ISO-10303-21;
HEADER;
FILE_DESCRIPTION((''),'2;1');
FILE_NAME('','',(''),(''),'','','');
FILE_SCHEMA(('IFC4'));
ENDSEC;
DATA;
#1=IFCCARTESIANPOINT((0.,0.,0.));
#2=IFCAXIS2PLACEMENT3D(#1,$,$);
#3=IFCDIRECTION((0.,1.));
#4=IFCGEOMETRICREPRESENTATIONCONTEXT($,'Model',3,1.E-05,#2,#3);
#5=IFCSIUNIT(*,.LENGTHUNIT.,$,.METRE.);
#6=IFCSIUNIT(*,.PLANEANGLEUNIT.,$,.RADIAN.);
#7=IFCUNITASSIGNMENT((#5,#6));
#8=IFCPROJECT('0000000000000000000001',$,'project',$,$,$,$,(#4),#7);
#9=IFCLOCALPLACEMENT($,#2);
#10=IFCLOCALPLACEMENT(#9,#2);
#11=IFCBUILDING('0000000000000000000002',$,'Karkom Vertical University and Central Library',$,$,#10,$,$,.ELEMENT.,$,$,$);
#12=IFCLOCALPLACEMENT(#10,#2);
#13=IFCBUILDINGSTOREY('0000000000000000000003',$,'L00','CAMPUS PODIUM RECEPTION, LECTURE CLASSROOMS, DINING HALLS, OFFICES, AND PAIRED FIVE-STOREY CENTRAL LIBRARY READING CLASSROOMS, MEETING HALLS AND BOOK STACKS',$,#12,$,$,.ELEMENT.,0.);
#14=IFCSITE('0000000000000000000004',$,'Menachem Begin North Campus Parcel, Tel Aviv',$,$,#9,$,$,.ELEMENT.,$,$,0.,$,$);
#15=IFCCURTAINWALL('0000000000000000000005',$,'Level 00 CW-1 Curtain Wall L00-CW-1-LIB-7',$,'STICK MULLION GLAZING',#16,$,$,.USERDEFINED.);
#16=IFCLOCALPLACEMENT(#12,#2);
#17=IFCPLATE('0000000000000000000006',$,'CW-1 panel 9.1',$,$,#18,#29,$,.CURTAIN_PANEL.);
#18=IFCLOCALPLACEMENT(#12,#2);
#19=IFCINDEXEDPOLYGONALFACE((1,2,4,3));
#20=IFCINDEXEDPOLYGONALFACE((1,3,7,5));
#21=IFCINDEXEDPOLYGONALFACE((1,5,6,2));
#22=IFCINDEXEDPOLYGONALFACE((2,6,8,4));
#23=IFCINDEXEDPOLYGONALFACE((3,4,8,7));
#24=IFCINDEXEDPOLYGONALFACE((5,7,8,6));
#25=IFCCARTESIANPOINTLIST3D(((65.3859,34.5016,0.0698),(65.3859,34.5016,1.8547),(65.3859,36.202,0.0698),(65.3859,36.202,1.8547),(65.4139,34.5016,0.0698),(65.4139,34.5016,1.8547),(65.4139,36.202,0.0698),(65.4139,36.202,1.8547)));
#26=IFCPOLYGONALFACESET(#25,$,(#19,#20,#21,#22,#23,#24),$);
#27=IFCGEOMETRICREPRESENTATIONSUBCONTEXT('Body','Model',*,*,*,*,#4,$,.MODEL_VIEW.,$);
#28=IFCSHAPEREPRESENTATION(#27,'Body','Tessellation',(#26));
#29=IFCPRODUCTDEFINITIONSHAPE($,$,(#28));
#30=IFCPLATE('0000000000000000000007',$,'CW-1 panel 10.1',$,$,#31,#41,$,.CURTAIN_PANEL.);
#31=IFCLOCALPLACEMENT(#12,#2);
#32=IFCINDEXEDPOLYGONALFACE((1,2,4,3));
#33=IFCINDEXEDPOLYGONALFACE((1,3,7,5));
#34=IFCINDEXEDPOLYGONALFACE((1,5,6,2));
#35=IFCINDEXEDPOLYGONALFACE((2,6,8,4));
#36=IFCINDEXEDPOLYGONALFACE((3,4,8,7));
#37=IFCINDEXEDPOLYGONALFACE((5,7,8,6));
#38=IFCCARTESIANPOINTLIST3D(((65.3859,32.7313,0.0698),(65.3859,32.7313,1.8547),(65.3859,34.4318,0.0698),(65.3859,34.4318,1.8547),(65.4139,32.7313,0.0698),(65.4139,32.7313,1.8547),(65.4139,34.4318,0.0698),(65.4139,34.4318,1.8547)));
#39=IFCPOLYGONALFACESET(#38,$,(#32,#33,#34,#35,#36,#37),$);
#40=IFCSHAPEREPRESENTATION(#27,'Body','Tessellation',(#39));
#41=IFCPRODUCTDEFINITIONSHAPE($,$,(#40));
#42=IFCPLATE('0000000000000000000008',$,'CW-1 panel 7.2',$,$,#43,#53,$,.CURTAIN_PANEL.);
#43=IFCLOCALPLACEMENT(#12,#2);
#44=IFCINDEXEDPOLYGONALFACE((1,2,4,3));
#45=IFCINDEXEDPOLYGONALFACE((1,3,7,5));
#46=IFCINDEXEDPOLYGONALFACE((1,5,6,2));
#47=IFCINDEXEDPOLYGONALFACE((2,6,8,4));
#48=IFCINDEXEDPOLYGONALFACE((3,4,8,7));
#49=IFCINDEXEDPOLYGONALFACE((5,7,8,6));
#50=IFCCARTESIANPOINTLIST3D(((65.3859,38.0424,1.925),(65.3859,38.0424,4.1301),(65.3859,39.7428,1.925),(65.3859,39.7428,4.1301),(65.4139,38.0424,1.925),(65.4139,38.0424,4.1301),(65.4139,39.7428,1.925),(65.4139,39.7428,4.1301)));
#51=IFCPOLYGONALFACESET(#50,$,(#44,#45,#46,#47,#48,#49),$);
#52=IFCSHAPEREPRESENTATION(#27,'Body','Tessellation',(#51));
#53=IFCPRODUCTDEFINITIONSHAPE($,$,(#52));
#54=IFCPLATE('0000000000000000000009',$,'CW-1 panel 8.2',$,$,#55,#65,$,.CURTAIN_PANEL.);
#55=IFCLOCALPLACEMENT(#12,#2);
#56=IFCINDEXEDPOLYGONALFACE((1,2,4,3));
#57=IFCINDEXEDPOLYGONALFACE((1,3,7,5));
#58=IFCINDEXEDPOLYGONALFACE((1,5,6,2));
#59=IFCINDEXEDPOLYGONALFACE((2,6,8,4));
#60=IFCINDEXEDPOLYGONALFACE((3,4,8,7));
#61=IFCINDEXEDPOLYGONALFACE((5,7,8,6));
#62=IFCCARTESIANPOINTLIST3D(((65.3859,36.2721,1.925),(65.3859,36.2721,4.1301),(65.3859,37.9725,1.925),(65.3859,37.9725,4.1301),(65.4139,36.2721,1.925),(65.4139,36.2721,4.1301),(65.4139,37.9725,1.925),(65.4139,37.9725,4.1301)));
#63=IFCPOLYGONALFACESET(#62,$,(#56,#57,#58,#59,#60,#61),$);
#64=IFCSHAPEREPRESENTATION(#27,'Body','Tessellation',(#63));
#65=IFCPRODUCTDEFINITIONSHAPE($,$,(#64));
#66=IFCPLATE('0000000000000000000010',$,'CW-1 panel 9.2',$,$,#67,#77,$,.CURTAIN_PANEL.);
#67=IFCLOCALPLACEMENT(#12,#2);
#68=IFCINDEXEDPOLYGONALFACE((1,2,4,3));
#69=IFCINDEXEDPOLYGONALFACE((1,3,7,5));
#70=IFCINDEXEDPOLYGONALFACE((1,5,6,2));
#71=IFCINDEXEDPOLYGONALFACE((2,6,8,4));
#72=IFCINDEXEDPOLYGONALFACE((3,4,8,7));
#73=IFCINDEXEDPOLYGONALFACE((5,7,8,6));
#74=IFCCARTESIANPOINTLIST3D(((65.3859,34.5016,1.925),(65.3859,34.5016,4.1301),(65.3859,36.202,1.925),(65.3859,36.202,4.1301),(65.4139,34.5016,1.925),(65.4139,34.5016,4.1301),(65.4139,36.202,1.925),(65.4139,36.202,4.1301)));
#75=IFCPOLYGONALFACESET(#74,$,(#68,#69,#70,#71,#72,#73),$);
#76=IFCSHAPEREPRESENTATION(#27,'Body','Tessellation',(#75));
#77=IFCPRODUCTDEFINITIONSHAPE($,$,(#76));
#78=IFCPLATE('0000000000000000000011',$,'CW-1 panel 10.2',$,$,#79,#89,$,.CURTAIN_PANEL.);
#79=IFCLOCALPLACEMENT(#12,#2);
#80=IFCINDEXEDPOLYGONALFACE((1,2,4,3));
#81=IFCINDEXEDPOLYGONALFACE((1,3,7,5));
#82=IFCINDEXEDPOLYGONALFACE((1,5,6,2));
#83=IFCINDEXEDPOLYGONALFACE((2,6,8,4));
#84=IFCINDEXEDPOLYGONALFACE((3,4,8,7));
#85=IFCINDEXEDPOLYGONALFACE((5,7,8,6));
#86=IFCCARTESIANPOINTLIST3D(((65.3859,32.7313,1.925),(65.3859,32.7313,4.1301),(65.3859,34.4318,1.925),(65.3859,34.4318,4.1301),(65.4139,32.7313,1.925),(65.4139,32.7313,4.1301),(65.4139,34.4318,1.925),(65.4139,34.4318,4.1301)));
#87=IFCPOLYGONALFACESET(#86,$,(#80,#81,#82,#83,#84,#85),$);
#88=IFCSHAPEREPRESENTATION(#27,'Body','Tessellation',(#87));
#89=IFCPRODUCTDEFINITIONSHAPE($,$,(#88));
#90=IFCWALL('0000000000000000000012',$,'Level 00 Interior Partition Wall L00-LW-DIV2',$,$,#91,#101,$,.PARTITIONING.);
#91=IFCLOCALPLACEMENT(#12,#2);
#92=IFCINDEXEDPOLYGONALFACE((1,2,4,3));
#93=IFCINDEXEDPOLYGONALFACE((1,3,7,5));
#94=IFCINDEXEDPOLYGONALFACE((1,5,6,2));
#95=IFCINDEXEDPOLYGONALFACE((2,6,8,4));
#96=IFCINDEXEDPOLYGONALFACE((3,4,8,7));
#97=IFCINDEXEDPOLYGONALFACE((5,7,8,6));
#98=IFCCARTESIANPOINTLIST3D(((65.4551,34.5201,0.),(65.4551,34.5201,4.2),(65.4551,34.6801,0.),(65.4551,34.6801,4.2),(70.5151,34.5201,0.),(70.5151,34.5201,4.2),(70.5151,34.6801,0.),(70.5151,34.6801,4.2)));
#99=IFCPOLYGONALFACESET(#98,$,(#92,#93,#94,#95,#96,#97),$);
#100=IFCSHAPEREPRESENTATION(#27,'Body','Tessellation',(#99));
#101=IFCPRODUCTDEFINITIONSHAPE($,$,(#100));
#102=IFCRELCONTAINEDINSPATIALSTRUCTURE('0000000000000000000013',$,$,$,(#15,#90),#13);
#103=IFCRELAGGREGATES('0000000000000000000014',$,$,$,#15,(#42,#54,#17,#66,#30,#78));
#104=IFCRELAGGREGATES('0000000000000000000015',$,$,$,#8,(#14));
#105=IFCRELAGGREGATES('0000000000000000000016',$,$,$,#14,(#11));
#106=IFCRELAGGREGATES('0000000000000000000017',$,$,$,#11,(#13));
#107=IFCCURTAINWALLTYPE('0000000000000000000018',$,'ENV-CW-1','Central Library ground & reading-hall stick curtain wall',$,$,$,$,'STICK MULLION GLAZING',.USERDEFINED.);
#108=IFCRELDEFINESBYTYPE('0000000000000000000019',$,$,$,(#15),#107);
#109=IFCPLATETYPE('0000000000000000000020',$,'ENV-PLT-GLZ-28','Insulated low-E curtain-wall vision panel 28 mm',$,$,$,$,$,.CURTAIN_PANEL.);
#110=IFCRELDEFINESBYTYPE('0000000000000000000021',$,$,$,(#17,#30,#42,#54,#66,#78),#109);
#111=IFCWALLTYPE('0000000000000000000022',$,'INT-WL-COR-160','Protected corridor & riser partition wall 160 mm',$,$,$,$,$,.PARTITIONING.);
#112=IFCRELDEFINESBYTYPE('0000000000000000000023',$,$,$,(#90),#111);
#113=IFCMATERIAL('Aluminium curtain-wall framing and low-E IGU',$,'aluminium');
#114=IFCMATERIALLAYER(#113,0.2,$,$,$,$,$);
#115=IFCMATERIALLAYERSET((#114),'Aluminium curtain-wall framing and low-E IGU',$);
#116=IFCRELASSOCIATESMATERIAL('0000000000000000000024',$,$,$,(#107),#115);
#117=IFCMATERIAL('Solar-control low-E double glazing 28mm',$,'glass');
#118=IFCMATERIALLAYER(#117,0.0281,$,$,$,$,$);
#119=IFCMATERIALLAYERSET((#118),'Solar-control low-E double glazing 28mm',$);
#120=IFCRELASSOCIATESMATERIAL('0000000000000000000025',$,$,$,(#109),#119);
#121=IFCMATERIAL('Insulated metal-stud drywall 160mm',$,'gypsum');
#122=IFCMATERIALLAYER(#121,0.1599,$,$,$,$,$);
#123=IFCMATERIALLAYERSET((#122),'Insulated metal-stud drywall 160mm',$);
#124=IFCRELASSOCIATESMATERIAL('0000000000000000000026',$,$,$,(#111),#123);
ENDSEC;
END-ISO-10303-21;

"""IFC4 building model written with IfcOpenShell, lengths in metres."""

from ifc_helpers import new_model, si_unit, direction, frame, frame_2d, origin, origin_with_axes, origin_2d, place, context, subcontext, project, spatial, rectangle, extrude, source, transform, mapped, material, layer, layer_set, type_object, element, aggregate, save


model = new_model("IFC4")

# Units and contexts
model_context = context("Model", 3, precision=1e-05, world=origin(), true_north=direction((0.0, 1.0)))
body_context = subcontext(model_context, "Body", "Model", "MODEL_VIEW")
ifc_project = project(units=[si_unit("LENGTHUNIT", "METRE"), si_unit("PLANEANGLEUNIT", "RADIAN")], contexts=[model_context])

# Site, building, storey
site_placement = place(None, origin())
site = spatial("IfcSite", under=ifc_project, at=site_placement, Name="Menachem Begin North Campus Parcel, Tel Aviv", CompositionType="ELEMENT", RefElevation=0.0)
building_placement = place(site_placement, origin())
building = spatial("IfcBuilding", under=site, at=building_placement, Name="Karkom Vertical University and Central Library", CompositionType="ELEMENT")
storey_placement = place(building_placement, origin())
storey = spatial("IfcBuildingStorey", under=building, at=storey_placement, Name="L00", Description="CAMPUS PODIUM RECEPTION, LECTURE CLASSROOMS, DINING HALLS, OFFICES, AND PAIRED FIVE-STOREY CENTRAL LIBRARY READING CLASSROOMS, MEETING HALLS AND BOOK STACKS", CompositionType="ELEMENT", Elevation=0.0)

# Curtain wall, plates
ifc_material_1 = material(Name="Aluminium curtain-wall framing and low-E IGU", Category="aluminium")
ifc_layer_1 = layer(ifc_material_1, 0.2)
ifc_layer_set_1 = layer_set([ifc_layer_1], Name="Aluminium curtain-wall framing and low-E IGU")
curtain_wall_type = type_object("IfcCurtainWallType", Name="ENV-CW-1", Description="Central Library ground & reading-hall stick curtain wall", ElementType="STICK MULLION GLAZING", PredefinedType="USERDEFINED", material=ifc_layer_set_1)
curtain_wall_placement = place(storey_placement, origin())
curtain_wall = element("IfcCurtainWall", 1, at=curtain_wall_placement, inside=storey, type_object=curtain_wall_type, Name="Level 00 CW-1 Curtain Wall L00-CW-1-LIB-7", ObjectType="STICK MULLION GLAZING", PredefinedType="USERDEFINED")
ifc_material_2 = material(Name="Solar-control low-E double glazing 28mm", Category="glass")
ifc_layer_2 = layer(ifc_material_2, 0.0281)
ifc_layer_set_2 = layer_set([ifc_layer_2], Name="Solar-control low-E double glazing 28mm")
plate_type = type_object("IfcPlateType", Name="ENV-PLT-GLZ-28", Description="Insulated low-E curtain-wall vision panel 28 mm", PredefinedType="CURTAIN_PANEL", material=ifc_layer_set_2)
shared_shape_1 = source(origin_with_axes(), body_context, "Body", "SweptSolid", [
    extrude(rectangle(XDim=1.7004, YDim=0.0281, at=origin_2d()), origin(), (0.0, 0.0, 1.0), 1.7849),
])
plate_1_placement = place(storey_placement, frame((65.3999, 35.3518, 0.0698), z_axis=(0.0, 0.0, 1.0), x_axis=(0.0, -1.0, 0.0)))
plate_1 = element("IfcPlate", 2, at=plate_1_placement, type_object=plate_type, Name="CW-1 panel 9.1", PredefinedType="CURTAIN_PANEL", context=body_context, shape_type="MappedRepresentation", body=[
    mapped(shared_shape_1, transform((0.0, 0.0, 0.0), scale=1.0)),
])
plate_2_placement = place(storey_placement, frame((65.3999, 33.5815, 0.0698), z_axis=(0.0, 0.0, 1.0), x_axis=(0.0, -1.0, 0.0)))
plate_2 = element("IfcPlate", 3, at=plate_2_placement, type_object=plate_type, Name="CW-1 panel 10.1", PredefinedType="CURTAIN_PANEL", context=body_context, shape_type="MappedRepresentation", body=[
    mapped(shared_shape_1, transform((0.0, 0.0, 0.0), scale=1.0)),
])
shared_shape_2 = source(origin_with_axes(), body_context, "Body", "SweptSolid", [
    extrude(rectangle(XDim=1.7004, YDim=0.0281, at=origin_2d()), origin(), (0.0, 0.0, 1.0), 2.2051),
])
plate_3_placement = place(storey_placement, frame((65.3999, 38.8926, 1.925), z_axis=(0.0, 0.0, 1.0), x_axis=(0.0, -1.0, 0.0)))
plate_3 = element("IfcPlate", 4, at=plate_3_placement, type_object=plate_type, Name="CW-1 panel 7.2", PredefinedType="CURTAIN_PANEL", context=body_context, shape_type="MappedRepresentation", body=[
    mapped(shared_shape_2, transform((0.0, 0.0, 0.0), scale=1.0)),
])
plate_4_placement = place(storey_placement, frame((65.3999, 37.1223, 1.925), z_axis=(0.0, 0.0, 1.0), x_axis=(0.0, -1.0, 0.0)))
plate_4 = element("IfcPlate", 5, at=plate_4_placement, type_object=plate_type, Name="CW-1 panel 8.2", PredefinedType="CURTAIN_PANEL", context=body_context, shape_type="MappedRepresentation", body=[
    mapped(shared_shape_2, transform((0.0, 0.0, 0.0), scale=1.0)),
])
plate_5_placement = place(storey_placement, frame((65.3999, 35.3518, 1.925), z_axis=(0.0, 0.0, 1.0), x_axis=(0.0, -1.0, 0.0)))
plate_5 = element("IfcPlate", 6, at=plate_5_placement, type_object=plate_type, Name="CW-1 panel 9.2", PredefinedType="CURTAIN_PANEL", context=body_context, shape_type="MappedRepresentation", body=[
    mapped(shared_shape_2, transform((0.0, 0.0, 0.0), scale=1.0)),
])
plate_6_placement = place(storey_placement, frame((65.3999, 33.5815, 1.925), z_axis=(0.0, 0.0, 1.0), x_axis=(0.0, -1.0, 0.0)))
plate_6 = element("IfcPlate", 7, at=plate_6_placement, type_object=plate_type, Name="CW-1 panel 10.2", PredefinedType="CURTAIN_PANEL", context=body_context, shape_type="MappedRepresentation", body=[
    mapped(shared_shape_2, transform((0.0, 0.0, 0.0), scale=1.0)),
])
aggregate(curtain_wall, [plate_3, plate_4, plate_1, plate_5, plate_2, plate_6])

# Wall
ifc_material_3 = material(Name="Insulated metal-stud drywall 160mm", Category="gypsum")
ifc_layer_3 = layer(ifc_material_3, 0.1599)
ifc_layer_set_3 = layer_set([ifc_layer_3], Name="Insulated metal-stud drywall 160mm")
wall_type = type_object("IfcWallType", Name="INT-WL-COR-160", Description="Protected corridor & riser partition wall 160 mm", PredefinedType="PARTITIONING", material=ifc_layer_set_3)
wall_placement = place(storey_placement, frame((65.4551, 34.6001, 0.0), z_axis=(0.0, 0.0, 1.0), x_axis=(1.0, 0.0, 0.0)))
element("IfcWall", 8, at=wall_placement, inside=storey, type_object=wall_type, Name="Level 00 Interior Partition Wall L00-LW-DIV2", PredefinedType="PARTITIONING", context=body_context, shape_type="SweptSolid", body=[
    extrude(rectangle(XDim=5.0601, YDim=0.1599, at=frame_2d((2.53, 0.0))), origin(), (0.0, 0.0, 1.0), 4.2),
])

save(model, "model.ifc")
